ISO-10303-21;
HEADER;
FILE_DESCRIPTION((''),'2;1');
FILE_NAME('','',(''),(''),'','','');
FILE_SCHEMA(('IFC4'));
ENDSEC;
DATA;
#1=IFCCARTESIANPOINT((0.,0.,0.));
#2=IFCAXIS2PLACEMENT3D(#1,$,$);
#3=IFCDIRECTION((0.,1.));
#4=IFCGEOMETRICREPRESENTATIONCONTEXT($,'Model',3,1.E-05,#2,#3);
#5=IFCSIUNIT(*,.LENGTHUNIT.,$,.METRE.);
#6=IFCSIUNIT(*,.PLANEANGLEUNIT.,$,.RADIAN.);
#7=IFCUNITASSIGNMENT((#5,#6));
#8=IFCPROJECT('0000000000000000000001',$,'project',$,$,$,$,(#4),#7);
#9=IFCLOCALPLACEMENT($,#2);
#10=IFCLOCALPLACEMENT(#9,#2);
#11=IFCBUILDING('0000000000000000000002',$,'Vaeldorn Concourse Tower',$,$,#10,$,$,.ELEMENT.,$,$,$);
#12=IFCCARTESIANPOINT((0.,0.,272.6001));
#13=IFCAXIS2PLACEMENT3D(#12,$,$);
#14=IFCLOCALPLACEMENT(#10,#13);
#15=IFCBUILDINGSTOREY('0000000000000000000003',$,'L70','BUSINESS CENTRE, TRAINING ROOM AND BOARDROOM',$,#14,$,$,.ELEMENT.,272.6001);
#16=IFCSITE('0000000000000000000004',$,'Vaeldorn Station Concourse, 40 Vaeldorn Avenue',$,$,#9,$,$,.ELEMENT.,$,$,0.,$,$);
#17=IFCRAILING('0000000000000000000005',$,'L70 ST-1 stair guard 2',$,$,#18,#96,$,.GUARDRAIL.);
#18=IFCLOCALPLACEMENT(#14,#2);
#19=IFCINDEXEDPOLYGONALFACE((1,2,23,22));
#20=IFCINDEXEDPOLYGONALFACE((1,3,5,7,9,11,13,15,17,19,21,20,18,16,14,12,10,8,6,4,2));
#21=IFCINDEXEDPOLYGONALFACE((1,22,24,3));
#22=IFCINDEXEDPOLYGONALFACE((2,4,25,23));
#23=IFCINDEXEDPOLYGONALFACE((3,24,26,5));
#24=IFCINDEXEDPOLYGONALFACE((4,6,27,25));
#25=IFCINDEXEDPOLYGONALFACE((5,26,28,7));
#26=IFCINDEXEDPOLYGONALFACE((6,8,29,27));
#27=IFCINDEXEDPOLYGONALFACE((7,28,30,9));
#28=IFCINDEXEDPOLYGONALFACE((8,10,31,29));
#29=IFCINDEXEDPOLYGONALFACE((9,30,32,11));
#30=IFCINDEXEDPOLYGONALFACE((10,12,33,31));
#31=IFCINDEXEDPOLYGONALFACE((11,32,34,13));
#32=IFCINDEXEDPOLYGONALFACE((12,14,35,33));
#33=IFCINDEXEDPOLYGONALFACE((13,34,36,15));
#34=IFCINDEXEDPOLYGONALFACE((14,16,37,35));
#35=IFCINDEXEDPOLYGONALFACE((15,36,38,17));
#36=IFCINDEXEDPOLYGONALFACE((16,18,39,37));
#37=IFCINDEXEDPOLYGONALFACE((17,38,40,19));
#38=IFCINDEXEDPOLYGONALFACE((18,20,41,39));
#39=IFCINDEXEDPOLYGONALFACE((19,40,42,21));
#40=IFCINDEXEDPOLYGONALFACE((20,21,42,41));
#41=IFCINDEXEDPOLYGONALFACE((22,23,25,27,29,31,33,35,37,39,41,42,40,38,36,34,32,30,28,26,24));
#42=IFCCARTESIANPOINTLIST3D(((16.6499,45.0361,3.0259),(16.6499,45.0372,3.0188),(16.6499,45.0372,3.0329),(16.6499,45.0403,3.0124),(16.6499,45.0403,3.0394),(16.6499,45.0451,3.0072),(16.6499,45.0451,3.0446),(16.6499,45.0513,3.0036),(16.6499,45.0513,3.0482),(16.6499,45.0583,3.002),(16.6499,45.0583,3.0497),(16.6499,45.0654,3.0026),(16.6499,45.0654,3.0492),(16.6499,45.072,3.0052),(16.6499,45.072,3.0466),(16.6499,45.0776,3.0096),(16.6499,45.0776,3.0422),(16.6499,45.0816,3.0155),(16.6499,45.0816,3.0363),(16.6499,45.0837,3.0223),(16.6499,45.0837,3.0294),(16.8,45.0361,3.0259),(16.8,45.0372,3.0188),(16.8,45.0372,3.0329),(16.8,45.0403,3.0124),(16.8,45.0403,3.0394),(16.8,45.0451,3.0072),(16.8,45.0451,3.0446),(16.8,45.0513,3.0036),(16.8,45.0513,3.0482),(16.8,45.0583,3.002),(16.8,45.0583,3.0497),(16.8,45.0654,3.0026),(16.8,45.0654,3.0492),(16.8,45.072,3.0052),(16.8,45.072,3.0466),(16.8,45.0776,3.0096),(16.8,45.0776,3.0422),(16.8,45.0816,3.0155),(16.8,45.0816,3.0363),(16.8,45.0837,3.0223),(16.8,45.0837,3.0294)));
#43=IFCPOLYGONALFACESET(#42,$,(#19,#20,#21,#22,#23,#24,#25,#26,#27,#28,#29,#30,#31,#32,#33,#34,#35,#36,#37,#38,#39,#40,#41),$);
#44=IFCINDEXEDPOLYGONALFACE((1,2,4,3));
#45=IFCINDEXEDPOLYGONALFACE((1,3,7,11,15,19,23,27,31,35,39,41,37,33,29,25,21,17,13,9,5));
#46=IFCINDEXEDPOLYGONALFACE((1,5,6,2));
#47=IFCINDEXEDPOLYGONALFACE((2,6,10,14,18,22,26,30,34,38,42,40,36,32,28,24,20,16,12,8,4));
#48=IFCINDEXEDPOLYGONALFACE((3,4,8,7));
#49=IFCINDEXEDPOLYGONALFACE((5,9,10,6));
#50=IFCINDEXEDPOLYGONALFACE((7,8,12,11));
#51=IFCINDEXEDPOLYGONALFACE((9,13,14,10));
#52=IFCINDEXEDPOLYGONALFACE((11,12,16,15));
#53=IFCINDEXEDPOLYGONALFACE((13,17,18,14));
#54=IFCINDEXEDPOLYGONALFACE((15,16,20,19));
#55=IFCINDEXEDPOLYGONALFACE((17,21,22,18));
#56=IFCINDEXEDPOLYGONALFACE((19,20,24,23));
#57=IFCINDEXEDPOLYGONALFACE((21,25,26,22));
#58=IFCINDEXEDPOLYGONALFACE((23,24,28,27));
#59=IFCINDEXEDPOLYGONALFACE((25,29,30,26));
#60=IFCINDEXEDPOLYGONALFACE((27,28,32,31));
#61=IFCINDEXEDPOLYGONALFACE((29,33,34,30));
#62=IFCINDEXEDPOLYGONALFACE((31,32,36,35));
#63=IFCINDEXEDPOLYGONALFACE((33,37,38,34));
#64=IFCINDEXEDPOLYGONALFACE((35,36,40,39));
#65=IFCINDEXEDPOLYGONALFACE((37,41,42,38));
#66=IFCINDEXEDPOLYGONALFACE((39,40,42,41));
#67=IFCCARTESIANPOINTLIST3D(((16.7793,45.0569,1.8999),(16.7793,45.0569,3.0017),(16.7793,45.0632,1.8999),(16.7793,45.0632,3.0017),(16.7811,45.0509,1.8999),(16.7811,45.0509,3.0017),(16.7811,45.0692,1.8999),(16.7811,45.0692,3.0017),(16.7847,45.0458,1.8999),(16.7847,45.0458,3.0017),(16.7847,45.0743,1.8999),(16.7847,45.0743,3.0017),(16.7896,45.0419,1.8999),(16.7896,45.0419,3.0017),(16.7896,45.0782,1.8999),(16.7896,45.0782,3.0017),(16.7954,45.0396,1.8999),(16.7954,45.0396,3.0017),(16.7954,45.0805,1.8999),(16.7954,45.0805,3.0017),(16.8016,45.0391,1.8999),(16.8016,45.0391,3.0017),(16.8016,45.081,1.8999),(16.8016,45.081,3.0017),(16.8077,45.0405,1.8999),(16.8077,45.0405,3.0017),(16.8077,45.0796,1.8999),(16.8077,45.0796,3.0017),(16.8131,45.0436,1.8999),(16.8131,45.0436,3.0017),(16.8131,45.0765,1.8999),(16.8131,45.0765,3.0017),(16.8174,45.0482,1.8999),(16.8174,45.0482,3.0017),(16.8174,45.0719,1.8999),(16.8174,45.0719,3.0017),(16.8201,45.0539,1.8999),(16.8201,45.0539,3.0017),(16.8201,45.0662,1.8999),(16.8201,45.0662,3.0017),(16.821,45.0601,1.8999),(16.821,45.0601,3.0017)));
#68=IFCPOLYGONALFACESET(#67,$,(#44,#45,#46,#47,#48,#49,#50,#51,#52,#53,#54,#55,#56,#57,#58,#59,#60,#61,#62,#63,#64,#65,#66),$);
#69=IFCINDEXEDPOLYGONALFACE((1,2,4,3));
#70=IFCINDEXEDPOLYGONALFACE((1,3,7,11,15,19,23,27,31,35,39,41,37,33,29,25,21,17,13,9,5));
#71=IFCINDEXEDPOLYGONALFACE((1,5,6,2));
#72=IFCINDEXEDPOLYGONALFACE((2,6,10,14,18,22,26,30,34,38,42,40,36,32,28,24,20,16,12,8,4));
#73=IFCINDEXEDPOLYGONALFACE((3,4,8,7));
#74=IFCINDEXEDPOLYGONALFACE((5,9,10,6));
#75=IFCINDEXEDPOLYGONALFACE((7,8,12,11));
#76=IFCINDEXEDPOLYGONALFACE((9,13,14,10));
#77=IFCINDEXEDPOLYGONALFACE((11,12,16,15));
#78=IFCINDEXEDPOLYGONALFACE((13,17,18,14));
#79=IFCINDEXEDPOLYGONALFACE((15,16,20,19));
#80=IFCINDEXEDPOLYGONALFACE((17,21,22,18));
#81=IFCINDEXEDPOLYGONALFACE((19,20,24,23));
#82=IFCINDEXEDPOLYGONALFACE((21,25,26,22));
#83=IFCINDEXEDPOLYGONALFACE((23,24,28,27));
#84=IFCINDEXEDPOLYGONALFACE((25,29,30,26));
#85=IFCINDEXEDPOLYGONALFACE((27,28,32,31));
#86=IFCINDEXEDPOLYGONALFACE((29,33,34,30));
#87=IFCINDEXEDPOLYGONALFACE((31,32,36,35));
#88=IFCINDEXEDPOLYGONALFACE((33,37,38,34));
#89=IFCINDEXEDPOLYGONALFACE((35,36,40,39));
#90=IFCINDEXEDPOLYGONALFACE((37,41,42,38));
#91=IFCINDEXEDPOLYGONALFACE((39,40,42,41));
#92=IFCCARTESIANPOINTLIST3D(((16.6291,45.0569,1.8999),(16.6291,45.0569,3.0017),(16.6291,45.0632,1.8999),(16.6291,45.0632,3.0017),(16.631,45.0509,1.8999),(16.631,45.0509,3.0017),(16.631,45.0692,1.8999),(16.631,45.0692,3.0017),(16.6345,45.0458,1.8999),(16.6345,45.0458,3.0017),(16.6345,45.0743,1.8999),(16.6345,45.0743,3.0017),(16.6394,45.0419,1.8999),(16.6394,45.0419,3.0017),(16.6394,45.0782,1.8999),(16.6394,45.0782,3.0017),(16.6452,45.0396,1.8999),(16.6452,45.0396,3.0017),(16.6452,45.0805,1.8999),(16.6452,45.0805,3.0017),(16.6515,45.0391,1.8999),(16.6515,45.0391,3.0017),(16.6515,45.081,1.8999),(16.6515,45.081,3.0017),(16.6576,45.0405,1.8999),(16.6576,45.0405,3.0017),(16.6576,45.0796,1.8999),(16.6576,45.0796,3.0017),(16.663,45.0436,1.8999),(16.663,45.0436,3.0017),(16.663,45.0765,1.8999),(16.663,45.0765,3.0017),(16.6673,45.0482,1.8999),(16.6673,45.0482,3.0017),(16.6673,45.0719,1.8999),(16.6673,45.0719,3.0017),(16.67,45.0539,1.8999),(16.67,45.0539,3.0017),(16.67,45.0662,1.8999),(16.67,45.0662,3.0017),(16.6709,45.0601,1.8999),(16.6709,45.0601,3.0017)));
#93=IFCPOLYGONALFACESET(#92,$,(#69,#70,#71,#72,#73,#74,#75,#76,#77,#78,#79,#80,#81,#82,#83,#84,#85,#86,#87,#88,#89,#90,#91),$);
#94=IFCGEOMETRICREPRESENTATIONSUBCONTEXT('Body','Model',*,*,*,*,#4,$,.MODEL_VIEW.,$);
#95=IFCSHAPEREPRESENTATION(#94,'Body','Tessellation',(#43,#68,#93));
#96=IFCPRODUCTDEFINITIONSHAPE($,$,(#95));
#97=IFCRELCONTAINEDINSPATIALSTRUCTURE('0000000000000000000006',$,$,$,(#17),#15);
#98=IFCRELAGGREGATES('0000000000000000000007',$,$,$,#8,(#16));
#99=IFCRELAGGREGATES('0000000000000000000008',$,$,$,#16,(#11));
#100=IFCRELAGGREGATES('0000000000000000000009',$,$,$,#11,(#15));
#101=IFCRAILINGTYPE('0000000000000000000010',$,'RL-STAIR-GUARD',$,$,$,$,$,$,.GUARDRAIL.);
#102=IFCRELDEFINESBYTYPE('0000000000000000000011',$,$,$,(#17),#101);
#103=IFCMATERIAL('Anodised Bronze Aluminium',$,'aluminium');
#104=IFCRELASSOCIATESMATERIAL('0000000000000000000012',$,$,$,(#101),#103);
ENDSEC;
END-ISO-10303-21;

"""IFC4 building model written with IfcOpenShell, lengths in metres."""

from ifc_helpers import new_model, si_unit, direction, frame, origin, origin_2d, place, context, subcontext, project, spatial, circle, extrude, material, type_object, element, save


model = new_model("IFC4")

# Units and contexts
model_context = context("Model", 3, precision=1e-05, world=origin(), true_north=direction((0.0, 1.0)))
body_context = subcontext(model_context, "Body", "Model", "MODEL_VIEW")
ifc_project = project(units=[si_unit("LENGTHUNIT", "METRE"), si_unit("PLANEANGLEUNIT", "RADIAN")], contexts=[model_context])

# Site, building, storey
site_placement = place(None, origin())
site = spatial("IfcSite", under=ifc_project, at=site_placement, Name="Vaeldorn Station Concourse, 40 Vaeldorn Avenue", CompositionType="ELEMENT", RefElevation=0.0)
building_placement = place(site_placement, origin())
building = spatial("IfcBuilding", under=site, at=building_placement, Name="Vaeldorn Concourse Tower", CompositionType="ELEMENT")
storey_placement = place(building_placement, frame((0.0, 0.0, 272.6001)))
storey = spatial("IfcBuildingStorey", under=building, at=storey_placement, Name="L70", Description="BUSINESS CENTRE, TRAINING ROOM AND BOARDROOM", CompositionType="ELEMENT", Elevation=272.6001)

# Shared definitions
ifc_material_1 = material(Name="Anodised Bronze Aluminium", Category="aluminium")

# Railing
railing_type_1 = type_object("IfcRailingType", Name="RL-STAIR-GUARD", PredefinedType="GUARDRAIL", material=ifc_material_1)
railing_1_placement = place(storey_placement, frame((16.8, 45.0601, 1.8999)))
element("IfcRailing", 1, at=railing_1_placement, inside=storey, type_object=railing_type_1, Name="L70 ST-1 stair guard 2", PredefinedType="GUARDRAIL", context=body_context, shape_type="SweptSolid", body=[
    extrude(circle(Radius=0.0239, at=origin_2d()), frame((0.0, 0.0, 1.126), z_axis=(-1.0, 0.0, 0.0), x_axis=(0.0, -1.0, 0.0)), (0.0, 0.0, 1.0), 0.1501),
    extrude(circle(Radius=0.021, at=origin_2d()), origin(), (0.0, 0.0, 1.0), 1.1018),
    extrude(circle(Radius=0.021, at=origin_2d()), frame((-0.1501, 0.0, 0.0)), (0.0, 0.0, 1.0), 1.1018),
])

save(model, "model.ifc")
